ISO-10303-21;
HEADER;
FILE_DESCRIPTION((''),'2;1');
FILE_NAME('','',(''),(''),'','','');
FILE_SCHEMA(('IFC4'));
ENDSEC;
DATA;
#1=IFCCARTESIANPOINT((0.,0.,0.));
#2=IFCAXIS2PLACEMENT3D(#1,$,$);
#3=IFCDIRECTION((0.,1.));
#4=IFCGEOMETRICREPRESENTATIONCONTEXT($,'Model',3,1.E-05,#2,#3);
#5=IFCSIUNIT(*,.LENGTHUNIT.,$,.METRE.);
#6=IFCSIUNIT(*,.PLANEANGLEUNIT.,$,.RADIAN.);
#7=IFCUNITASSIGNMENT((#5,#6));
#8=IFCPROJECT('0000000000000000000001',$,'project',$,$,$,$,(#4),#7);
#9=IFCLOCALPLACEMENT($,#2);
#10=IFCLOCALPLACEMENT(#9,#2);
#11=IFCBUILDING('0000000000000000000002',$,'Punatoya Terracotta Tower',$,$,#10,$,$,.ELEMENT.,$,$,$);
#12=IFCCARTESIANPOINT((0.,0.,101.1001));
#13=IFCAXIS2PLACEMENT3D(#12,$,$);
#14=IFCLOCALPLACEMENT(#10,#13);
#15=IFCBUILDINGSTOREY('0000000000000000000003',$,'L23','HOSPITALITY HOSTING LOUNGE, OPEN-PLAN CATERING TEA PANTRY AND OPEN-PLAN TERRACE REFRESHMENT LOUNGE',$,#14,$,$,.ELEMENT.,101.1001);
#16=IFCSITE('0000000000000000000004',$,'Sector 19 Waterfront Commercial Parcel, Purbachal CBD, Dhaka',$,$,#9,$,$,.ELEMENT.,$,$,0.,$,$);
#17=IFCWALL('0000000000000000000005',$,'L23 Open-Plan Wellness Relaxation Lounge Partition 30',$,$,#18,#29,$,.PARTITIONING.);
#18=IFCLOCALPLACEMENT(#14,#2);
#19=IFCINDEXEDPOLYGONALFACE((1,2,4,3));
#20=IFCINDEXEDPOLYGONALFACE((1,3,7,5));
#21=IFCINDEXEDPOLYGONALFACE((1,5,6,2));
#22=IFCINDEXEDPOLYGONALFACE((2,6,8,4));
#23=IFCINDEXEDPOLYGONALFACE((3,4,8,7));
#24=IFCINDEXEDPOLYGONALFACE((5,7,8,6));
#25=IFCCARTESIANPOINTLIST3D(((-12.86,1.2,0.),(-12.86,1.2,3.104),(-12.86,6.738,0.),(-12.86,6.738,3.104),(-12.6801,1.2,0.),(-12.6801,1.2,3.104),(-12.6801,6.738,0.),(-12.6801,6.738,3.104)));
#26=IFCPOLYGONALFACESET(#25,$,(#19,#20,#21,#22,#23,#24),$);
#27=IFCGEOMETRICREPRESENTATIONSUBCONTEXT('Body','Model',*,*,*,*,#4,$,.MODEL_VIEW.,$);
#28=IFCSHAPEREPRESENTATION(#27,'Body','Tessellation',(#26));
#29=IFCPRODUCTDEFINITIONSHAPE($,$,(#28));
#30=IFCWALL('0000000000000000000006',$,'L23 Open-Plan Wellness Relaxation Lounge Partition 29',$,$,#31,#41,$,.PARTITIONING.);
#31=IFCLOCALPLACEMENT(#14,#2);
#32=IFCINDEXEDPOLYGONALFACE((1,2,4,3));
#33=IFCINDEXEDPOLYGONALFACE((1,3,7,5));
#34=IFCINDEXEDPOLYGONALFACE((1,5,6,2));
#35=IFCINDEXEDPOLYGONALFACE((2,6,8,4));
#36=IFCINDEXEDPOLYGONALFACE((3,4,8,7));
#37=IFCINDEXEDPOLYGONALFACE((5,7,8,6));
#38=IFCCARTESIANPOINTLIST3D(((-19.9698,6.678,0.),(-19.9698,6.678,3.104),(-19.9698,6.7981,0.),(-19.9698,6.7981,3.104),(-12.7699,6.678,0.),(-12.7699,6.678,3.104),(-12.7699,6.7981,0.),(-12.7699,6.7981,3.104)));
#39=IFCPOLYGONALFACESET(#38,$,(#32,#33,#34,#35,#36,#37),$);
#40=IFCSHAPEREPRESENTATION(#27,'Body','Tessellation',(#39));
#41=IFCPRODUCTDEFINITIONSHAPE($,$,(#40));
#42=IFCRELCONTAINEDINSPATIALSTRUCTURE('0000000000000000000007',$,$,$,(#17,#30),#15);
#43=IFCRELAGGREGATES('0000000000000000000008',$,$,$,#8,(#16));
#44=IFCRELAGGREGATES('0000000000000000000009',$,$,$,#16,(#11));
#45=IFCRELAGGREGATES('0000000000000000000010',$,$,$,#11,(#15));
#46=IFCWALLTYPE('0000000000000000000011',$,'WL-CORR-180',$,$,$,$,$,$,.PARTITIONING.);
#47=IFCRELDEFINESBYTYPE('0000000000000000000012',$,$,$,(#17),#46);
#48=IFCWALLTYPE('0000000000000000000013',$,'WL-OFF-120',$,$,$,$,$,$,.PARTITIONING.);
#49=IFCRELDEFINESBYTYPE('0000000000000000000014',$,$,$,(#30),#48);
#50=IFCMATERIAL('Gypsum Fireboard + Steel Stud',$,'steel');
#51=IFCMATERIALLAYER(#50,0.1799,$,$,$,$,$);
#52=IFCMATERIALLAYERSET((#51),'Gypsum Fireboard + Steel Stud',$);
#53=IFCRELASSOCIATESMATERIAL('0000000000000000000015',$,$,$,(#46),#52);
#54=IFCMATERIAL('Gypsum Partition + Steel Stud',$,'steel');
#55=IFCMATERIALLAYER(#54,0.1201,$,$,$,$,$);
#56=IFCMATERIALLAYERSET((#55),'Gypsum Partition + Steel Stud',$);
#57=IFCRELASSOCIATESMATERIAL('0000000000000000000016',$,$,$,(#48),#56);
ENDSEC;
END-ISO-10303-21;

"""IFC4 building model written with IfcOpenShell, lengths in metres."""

from ifc_helpers import new_model, si_unit, direction, frame, frame_2d, origin, place, context, subcontext, project, spatial, rectangle, extrude, material, layer, layer_set, type_object, element, save


model = new_model("IFC4")

# Units and contexts
model_context = context("Model", 3, precision=1e-05, world=origin(), true_north=direction((0.0, 1.0)))
body_context = subcontext(model_context, "Body", "Model", "MODEL_VIEW")
ifc_project = project(units=[si_unit("LENGTHUNIT", "METRE"), si_unit("PLANEANGLEUNIT", "RADIAN")], contexts=[model_context])

# Site, building, storey
site_placement = place(None, origin())
site = spatial("IfcSite", under=ifc_project, at=site_placement, Name="Sector 19 Waterfront Commercial Parcel, Purbachal CBD, Dhaka", CompositionType="ELEMENT", RefElevation=0.0)
building_placement = place(site_placement, origin())
building = spatial("IfcBuilding", under=site, at=building_placement, Name="Punatoya Terracotta Tower", CompositionType="ELEMENT")
storey_placement = place(building_placement, frame((0.0, 0.0, 101.1001)))
storey = spatial("IfcBuildingStorey", under=building, at=storey_placement, Name="L23", Description="HOSPITALITY HOSTING LOUNGE, OPEN-PLAN CATERING TEA PANTRY AND OPEN-PLAN TERRACE REFRESHMENT LOUNGE", CompositionType="ELEMENT", Elevation=101.1001)

# Shared definitions
ifc_material_1 = material(Name="Gypsum Fireboard + Steel Stud", Category="steel")
ifc_layer_1 = layer(ifc_material_1, 0.1799)
ifc_layer_set_1 = layer_set([ifc_layer_1], Name="Gypsum Fireboard + Steel Stud")
wall_type_1 = type_object("IfcWallType", Name="WL-CORR-180", PredefinedType="PARTITIONING", material=ifc_layer_set_1)

# Walls
wall_1_placement = place(storey_placement, frame((-12.77, 6.738, 0.0), z_axis=(0.0, 0.0, 1.0), x_axis=(0.0, -1.0, 0.0)))
element("IfcWall", 1, at=wall_1_placement, inside=storey, type_object=wall_type_1, Name="L23 Open-Plan Wellness Relaxation Lounge Partition 30", PredefinedType="PARTITIONING", context=body_context, shape_type="SweptSolid", body=[
    extrude(rectangle(XDim=5.5381, YDim=0.1799, at=frame_2d((2.769, 0.0))), origin(), (0.0, 0.0, 1.0), 3.104),
])
ifc_material_2 = material(Name="Gypsum Partition + Steel Stud", Category="steel")
ifc_layer_2 = layer(ifc_material_2, 0.1201)
ifc_layer_set_2 = layer_set([ifc_layer_2], Name="Gypsum Partition + Steel Stud")
wall_type_2 = type_object("IfcWallType", Name="WL-OFF-120", PredefinedType="PARTITIONING", material=ifc_layer_set_2)
wall_2_placement = place(storey_placement, frame((-19.97, 6.738, 0.0), z_axis=(0.0, 0.0, 1.0), x_axis=(1.0, 0.0, 0.0)))
element("IfcWall", 2, at=wall_2_placement, inside=storey, type_object=wall_type_2, Name="L23 Open-Plan Wellness Relaxation Lounge Partition 29", PredefinedType="PARTITIONING", context=body_context, shape_type="SweptSolid", body=[
    extrude(rectangle(XDim=7.2, YDim=0.1201, at=frame_2d((3.6001, 0.0))), origin(), (0.0, 0.0, 1.0), 3.104),
])

save(model, "model.ifc")
